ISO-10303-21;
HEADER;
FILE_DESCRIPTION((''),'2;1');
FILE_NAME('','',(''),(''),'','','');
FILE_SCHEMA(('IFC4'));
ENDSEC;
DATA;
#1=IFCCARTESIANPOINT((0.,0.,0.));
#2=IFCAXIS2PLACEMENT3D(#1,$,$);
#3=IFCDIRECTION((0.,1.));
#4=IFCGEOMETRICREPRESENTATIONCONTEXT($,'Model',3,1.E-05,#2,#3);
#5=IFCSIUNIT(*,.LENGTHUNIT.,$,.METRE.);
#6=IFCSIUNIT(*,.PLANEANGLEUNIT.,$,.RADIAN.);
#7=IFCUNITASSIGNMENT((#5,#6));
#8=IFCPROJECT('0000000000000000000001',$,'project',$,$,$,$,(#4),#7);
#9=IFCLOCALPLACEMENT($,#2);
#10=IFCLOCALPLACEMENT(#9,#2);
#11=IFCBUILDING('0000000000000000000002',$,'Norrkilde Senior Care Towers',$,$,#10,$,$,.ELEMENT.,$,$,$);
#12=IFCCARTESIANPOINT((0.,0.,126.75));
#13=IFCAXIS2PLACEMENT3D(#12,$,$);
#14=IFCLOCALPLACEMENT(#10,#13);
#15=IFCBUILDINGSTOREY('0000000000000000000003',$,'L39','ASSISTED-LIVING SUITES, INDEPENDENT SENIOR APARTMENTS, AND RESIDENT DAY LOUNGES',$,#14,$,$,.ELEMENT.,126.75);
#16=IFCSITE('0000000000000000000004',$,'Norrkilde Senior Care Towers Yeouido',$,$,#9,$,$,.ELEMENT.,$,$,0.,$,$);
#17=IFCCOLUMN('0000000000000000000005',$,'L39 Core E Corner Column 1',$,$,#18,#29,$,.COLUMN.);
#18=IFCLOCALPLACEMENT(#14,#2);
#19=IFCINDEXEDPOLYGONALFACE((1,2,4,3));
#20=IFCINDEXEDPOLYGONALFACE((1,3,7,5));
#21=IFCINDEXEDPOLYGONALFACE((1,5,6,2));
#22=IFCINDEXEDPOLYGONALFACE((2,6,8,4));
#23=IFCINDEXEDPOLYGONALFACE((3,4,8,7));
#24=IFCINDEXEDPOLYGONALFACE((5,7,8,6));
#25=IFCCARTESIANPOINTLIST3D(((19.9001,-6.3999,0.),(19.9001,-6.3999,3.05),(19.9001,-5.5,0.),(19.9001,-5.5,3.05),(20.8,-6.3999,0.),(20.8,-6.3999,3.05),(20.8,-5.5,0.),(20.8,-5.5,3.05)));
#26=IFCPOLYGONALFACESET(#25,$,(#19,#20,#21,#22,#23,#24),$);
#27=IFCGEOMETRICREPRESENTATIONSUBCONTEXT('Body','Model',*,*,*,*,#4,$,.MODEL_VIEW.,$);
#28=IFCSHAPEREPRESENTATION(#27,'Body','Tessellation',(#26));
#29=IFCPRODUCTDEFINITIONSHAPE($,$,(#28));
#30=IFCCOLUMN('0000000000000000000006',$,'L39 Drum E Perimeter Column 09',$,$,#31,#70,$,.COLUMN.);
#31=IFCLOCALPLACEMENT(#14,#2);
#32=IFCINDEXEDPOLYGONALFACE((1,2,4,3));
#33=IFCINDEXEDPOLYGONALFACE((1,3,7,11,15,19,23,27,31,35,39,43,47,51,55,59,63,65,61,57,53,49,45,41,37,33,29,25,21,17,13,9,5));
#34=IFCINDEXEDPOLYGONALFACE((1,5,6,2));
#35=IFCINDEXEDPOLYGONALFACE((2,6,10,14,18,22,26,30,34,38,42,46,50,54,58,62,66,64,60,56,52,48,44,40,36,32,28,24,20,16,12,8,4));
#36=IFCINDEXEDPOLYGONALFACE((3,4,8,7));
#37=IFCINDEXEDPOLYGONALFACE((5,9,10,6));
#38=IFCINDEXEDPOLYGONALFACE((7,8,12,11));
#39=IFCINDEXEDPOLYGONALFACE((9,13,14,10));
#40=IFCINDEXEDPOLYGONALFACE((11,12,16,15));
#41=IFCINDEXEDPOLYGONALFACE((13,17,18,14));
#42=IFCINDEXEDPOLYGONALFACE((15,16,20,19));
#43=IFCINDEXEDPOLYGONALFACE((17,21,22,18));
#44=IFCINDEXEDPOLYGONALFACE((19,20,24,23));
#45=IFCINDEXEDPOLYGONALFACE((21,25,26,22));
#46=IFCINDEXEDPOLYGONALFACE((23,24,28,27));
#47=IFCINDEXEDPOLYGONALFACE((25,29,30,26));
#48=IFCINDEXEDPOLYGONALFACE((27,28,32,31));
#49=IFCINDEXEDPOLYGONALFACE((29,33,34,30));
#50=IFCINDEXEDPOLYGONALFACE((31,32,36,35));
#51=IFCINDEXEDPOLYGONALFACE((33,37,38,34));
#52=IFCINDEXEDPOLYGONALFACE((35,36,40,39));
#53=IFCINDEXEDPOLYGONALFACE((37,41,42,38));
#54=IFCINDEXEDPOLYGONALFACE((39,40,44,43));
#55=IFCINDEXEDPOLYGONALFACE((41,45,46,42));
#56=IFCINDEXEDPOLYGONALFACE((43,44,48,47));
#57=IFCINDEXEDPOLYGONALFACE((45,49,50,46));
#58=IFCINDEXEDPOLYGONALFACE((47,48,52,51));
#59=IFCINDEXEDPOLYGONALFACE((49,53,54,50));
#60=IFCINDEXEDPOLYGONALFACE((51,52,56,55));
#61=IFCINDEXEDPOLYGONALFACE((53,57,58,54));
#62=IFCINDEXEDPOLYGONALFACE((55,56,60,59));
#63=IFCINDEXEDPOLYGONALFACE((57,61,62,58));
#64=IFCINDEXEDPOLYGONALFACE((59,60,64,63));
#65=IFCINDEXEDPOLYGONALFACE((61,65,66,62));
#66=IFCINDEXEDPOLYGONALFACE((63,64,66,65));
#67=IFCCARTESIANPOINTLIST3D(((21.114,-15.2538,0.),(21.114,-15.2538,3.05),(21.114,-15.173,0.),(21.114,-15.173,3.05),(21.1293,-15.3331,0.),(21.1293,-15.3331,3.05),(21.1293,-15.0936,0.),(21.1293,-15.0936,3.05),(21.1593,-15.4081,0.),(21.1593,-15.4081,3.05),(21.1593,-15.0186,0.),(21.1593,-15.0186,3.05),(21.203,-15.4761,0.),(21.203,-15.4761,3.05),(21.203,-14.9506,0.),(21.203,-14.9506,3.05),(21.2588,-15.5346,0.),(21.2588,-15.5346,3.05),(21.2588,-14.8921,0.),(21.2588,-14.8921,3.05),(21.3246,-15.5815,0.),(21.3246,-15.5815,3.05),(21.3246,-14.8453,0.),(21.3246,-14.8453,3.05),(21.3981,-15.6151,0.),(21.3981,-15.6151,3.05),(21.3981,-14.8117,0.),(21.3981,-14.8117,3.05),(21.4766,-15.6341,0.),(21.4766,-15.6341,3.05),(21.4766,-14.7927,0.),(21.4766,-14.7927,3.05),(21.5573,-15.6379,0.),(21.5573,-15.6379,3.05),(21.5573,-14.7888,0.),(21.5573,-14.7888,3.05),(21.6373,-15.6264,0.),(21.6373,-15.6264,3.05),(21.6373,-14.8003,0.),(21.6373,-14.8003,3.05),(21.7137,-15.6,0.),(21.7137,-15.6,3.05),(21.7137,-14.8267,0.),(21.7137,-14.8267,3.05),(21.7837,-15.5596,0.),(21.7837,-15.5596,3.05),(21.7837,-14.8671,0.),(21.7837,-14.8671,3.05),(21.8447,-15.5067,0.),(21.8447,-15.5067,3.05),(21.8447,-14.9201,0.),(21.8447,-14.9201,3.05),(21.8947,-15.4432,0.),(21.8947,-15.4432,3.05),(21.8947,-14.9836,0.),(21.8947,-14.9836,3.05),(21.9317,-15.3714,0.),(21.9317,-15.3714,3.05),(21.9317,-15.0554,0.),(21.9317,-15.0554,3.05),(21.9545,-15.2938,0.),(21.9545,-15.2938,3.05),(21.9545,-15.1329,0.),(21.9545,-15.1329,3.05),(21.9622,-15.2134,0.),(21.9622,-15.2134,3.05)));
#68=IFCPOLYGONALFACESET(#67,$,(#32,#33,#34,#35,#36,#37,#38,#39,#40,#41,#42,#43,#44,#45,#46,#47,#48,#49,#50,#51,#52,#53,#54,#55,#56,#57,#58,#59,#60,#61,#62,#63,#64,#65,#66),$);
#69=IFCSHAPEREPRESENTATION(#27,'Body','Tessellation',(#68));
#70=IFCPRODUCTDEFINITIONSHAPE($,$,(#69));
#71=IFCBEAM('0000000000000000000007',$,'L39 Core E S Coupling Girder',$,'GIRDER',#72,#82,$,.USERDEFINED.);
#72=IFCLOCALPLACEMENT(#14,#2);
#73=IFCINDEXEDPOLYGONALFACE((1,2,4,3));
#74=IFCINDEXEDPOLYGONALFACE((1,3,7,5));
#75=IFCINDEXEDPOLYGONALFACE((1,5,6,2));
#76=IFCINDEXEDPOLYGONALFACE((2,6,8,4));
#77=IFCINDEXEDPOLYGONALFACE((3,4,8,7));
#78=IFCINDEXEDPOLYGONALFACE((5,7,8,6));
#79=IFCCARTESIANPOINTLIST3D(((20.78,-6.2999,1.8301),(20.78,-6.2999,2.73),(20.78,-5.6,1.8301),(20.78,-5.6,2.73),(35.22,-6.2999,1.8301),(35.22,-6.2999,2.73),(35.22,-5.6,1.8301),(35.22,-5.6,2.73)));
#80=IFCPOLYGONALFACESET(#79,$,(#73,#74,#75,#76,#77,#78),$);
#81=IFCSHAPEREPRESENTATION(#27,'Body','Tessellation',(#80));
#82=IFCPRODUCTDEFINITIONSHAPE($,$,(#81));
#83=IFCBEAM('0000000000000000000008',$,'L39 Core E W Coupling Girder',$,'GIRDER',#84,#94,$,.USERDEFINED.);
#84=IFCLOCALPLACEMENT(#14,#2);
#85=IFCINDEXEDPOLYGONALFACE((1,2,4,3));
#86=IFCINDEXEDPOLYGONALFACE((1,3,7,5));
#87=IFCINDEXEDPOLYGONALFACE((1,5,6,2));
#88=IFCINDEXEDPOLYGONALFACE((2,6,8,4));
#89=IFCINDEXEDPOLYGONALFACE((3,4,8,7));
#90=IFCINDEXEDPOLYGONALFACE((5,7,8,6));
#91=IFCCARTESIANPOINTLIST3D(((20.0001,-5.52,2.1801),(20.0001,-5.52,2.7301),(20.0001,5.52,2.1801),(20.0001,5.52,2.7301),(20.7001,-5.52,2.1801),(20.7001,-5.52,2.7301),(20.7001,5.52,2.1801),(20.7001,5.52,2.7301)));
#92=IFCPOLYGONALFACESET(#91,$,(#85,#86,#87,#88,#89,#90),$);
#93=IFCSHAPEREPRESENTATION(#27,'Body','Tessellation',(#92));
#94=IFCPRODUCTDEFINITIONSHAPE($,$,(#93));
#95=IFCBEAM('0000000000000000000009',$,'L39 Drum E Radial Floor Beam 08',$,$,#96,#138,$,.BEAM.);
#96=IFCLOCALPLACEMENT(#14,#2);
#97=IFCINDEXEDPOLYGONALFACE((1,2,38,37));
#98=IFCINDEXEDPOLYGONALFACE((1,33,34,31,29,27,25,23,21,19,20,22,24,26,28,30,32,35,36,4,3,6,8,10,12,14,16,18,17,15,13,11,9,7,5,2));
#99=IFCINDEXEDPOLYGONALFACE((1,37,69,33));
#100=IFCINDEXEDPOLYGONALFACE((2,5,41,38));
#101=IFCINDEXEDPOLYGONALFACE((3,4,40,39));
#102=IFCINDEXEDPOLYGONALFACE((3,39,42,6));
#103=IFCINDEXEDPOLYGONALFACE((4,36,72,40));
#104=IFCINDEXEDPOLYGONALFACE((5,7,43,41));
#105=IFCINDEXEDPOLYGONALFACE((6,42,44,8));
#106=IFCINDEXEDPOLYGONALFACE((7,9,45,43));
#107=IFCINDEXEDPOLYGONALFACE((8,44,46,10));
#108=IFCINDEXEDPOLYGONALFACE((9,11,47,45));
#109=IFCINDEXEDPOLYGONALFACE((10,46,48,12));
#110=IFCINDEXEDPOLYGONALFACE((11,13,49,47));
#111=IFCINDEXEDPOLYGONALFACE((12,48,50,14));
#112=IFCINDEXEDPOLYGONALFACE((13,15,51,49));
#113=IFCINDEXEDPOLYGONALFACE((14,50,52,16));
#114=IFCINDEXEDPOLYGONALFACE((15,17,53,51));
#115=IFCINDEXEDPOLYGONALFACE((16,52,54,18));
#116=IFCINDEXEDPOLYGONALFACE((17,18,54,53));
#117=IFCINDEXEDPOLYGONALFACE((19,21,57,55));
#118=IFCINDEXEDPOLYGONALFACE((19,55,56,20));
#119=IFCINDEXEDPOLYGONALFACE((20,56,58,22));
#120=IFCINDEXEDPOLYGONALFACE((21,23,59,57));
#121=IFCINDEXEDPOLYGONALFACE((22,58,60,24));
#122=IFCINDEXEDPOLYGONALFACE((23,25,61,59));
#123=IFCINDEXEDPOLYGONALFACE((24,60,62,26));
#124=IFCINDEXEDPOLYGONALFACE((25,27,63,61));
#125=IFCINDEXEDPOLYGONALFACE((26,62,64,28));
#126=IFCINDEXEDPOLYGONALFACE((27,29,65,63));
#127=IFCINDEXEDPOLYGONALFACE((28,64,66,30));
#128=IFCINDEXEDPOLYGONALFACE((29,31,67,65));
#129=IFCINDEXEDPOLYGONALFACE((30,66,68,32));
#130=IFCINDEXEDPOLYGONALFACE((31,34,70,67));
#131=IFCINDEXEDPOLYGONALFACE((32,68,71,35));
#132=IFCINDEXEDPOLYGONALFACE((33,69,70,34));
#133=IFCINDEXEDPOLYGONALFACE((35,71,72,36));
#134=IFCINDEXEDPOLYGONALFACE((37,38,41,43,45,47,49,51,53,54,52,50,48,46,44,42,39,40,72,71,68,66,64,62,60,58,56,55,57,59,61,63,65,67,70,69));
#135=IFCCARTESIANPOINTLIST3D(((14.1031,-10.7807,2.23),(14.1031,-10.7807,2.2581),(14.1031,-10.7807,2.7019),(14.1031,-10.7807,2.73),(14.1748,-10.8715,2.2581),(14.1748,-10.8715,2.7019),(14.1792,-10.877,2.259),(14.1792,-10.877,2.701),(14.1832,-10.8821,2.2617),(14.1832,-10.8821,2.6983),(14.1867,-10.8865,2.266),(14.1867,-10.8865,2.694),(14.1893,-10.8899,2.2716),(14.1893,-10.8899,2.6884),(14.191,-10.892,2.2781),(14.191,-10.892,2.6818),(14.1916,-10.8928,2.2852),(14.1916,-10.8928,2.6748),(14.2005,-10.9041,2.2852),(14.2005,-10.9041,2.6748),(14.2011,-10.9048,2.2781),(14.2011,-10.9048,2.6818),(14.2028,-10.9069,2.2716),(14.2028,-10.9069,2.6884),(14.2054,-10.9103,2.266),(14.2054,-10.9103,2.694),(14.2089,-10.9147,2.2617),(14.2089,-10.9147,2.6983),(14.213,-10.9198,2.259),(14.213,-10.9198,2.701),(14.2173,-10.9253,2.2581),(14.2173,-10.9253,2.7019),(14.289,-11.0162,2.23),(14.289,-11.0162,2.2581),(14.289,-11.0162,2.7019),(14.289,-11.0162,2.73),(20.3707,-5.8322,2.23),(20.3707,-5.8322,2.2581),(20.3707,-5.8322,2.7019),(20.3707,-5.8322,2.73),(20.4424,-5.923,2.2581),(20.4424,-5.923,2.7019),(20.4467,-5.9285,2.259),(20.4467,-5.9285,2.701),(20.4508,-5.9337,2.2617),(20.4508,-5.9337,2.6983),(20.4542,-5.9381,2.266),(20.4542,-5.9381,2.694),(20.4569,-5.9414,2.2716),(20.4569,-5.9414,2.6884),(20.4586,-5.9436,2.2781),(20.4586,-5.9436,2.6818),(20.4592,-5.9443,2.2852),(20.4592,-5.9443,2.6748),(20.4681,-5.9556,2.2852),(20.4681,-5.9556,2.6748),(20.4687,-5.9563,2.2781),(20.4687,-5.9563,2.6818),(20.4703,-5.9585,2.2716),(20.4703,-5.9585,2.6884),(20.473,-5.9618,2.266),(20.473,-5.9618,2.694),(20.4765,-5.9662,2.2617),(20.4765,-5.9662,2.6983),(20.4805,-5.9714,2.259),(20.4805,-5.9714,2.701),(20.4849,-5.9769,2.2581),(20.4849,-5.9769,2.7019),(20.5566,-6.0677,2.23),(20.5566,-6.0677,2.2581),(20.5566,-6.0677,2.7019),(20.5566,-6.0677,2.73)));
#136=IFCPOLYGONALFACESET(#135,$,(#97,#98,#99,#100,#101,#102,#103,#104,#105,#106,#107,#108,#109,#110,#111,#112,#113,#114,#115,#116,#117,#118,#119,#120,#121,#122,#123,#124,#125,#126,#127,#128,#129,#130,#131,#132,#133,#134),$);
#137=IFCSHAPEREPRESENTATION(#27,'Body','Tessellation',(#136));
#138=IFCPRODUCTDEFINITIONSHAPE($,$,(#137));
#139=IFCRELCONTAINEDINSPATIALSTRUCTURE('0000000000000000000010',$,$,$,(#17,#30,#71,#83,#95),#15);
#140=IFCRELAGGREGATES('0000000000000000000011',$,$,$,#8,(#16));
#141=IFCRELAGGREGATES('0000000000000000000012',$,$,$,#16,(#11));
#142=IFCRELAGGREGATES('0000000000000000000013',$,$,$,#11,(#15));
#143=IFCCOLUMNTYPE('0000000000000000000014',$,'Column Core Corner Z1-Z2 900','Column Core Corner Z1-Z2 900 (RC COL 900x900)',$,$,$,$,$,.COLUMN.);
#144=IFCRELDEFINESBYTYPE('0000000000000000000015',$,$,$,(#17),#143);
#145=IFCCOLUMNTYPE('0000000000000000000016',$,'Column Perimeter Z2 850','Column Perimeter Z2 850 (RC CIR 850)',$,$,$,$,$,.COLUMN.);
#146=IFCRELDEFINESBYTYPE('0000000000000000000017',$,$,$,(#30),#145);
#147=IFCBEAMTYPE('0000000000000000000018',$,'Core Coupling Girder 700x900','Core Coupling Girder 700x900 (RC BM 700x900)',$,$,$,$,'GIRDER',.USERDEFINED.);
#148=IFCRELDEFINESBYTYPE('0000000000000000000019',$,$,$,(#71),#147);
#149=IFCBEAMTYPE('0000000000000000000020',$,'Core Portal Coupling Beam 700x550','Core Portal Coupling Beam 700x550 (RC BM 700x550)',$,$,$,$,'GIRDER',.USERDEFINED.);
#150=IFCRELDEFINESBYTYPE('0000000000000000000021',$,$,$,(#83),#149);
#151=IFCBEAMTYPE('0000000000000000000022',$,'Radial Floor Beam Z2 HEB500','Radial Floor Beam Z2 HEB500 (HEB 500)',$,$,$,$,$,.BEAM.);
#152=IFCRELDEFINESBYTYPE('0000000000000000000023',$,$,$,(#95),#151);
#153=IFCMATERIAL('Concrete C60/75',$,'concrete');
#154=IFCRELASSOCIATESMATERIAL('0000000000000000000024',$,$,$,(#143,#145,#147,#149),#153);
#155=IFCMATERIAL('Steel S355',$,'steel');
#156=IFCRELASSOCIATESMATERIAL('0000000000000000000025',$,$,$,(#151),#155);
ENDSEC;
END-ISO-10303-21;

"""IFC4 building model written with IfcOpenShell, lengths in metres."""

from ifc_helpers import new_model, si_unit, direction, frame, origin, origin_2d, place, context, subcontext, project, spatial, rectangle, circle, i_section, extrude, source, transform, mapped, material, material_profile, profile_set, type_object, type_shapes, element, save


model = new_model("IFC4")

# Units and contexts
model_context = context("Model", 3, precision=1e-05, world=origin(), true_north=direction((0.0, 1.0)))
body_context = subcontext(model_context, "Body", "Model", "MODEL_VIEW")
ifc_project = project(units=[si_unit("LENGTHUNIT", "METRE"), si_unit("PLANEANGLEUNIT", "RADIAN")], contexts=[model_context])

# Site, building, storey
site_placement = place(None, origin())
site = spatial("IfcSite", under=ifc_project, at=site_placement, Name="Norrkilde Senior Care Towers Yeouido", CompositionType="ELEMENT", RefElevation=0.0)
building_placement = place(site_placement, origin())
building = spatial("IfcBuilding", under=site, at=building_placement, Name="Norrkilde Senior Care Towers", CompositionType="ELEMENT")
storey_placement = place(building_placement, frame((0.0, 0.0, 126.75)))
storey = spatial("IfcBuildingStorey", under=building, at=storey_placement, Name="L39", Description="ASSISTED-LIVING SUITES, INDEPENDENT SENIOR APARTMENTS, AND RESIDENT DAY LOUNGES", CompositionType="ELEMENT", Elevation=126.75)

# Columns
ifc_material_1 = material(Name="Concrete C60/75", Category="concrete")
ifc_material_profile_1 = material_profile(ifc_material_1, rectangle(XDim=0.8999, YDim=0.8999, at=origin_2d()), Name="RC COL 900x900")
ifc_profile_set_1 = profile_set([ifc_material_profile_1], Name="Concrete C60/75")
column_type_1 = type_object("IfcColumnType", Name="Column Core Corner Z1-Z2 900", Description="Column Core Corner Z1-Z2 900 (RC COL 900x900)", PredefinedType="COLUMN", material=ifc_profile_set_1)
shared_shape_1 = source(origin(), body_context, "Body", "SweptSolid", [
    extrude(rectangle(XDim=0.8999, YDim=0.8999, at=origin_2d()), origin(), (0.0, 0.0, 1.0), 3.05),
])
type_shapes(column_type_1, [shared_shape_1])
column_1_placement = place(storey_placement, frame((20.3501, -5.95, 0.0), z_axis=(0.0, 0.0, 1.0), x_axis=(1.0, 0.0, 0.0)))
element("IfcColumn", 1, at=column_1_placement, inside=storey, type_object=column_type_1, Name="L39 Core E Corner Column 1", PredefinedType="COLUMN", context=body_context, shape_type="MappedRepresentation", body=[
    mapped(shared_shape_1, transform((0.0, 0.0, 0.0), x_axis=(1.0, 0.0, 0.0), y_axis=(0.0, 1.0, 0.0), z_axis=(0.0, 0.0, 1.0), scale=1.0)),
])
ifc_material_profile_2 = material_profile(ifc_material_1, circle(Radius=0.425, at=origin_2d()), Name="RC CIR 850")
ifc_profile_set_2 = profile_set([ifc_material_profile_2], Name="Concrete C60/75")
column_type_2 = type_object("IfcColumnType", Name="Column Perimeter Z2 850", Description="Column Perimeter Z2 850 (RC CIR 850)", PredefinedType="COLUMN", material=ifc_profile_set_2)
shared_shape_2 = source(origin(), body_context, "Body", "SweptSolid", [
    extrude(circle(Radius=0.425, at=origin_2d()), origin(), (0.0, 0.0, 1.0), 3.05),
])
type_shapes(column_type_2, [shared_shape_2])
column_2_placement = place(storey_placement, frame((21.5371, -15.2134, 0.0), z_axis=(0.0, 0.0, 1.0), x_axis=(1.0, 0.0, 0.0)))
element("IfcColumn", 2, at=column_2_placement, inside=storey, type_object=column_type_2, Name="L39 Drum E Perimeter Column 09", PredefinedType="COLUMN", context=body_context, shape_type="MappedRepresentation", body=[
    mapped(shared_shape_2, transform((0.0, 0.0, 0.0), x_axis=(1.0, 0.0, 0.0), y_axis=(0.0, 1.0, 0.0), z_axis=(0.0, 0.0, 1.0), scale=1.0)),
])

# Beams
ifc_material_profile_3 = material_profile(ifc_material_1, rectangle(XDim=0.7, YDim=0.8999, at=origin_2d()), Name="RC BM 700x900")
ifc_profile_set_3 = profile_set([ifc_material_profile_3], Name="Concrete C60/75")
beam_type_1 = type_object("IfcBeamType", Name="Core Coupling Girder 700x900", Description="Core Coupling Girder 700x900 (RC BM 700x900)", ElementType="GIRDER", PredefinedType="USERDEFINED", material=ifc_profile_set_3)
shared_shape_3 = source(origin(), body_context, "Body", "SweptSolid", [
    extrude(rectangle(XDim=0.7, YDim=0.8999, at=origin_2d()), origin(), (0.0, 0.0, 1.0), 14.4399),
])
type_shapes(beam_type_1, [shared_shape_3])
beam_1_placement = place(storey_placement, frame((20.78, -5.95, 2.28), z_axis=(1.0, 0.0, 0.0), x_axis=(0.0, 1.0, 0.0)))
element("IfcBeam", 3, at=beam_1_placement, inside=storey, type_object=beam_type_1, Name="L39 Core E S Coupling Girder", ObjectType="GIRDER", PredefinedType="USERDEFINED", context=body_context, shape_type="MappedRepresentation", body=[
    mapped(shared_shape_3, transform((0.0, 0.0, 0.0), x_axis=(1.0, 0.0, 0.0), y_axis=(0.0, 1.0, 0.0), z_axis=(0.0, 0.0, 1.0), scale=1.0)),
])
ifc_material_profile_4 = material_profile(ifc_material_1, rectangle(XDim=0.7, YDim=0.55, at=origin_2d()), Name="RC BM 700x550")
ifc_profile_set_4 = profile_set([ifc_material_profile_4], Name="Concrete C60/75")
beam_type_2 = type_object("IfcBeamType", Name="Core Portal Coupling Beam 700x550", Description="Core Portal Coupling Beam 700x550 (RC BM 700x550)", ElementType="GIRDER", PredefinedType="USERDEFINED", material=ifc_profile_set_4)
shared_shape_4 = source(origin(), body_context, "Body", "SweptSolid", [
    extrude(rectangle(XDim=0.7, YDim=0.55, at=origin_2d()), origin(), (0.0, 0.0, 1.0), 11.04),
])
type_shapes(beam_type_2, [shared_shape_4])
beam_2_placement = place(storey_placement, frame((20.3501, -5.52, 2.4551), z_axis=(0.0, 1.0, 0.0), x_axis=(-1.0, 0.0, 0.0)))
element("IfcBeam", 4, at=beam_2_placement, inside=storey, type_object=beam_type_2, Name="L39 Core E W Coupling Girder", ObjectType="GIRDER", PredefinedType="USERDEFINED", context=body_context, shape_type="MappedRepresentation", body=[
    mapped(shared_shape_4, transform((0.0, 0.0, 0.0), x_axis=(1.0, 0.0, 0.0), y_axis=(0.0, 1.0, 0.0), z_axis=(0.0, 0.0, 1.0), scale=1.0)),
])
ifc_material_2 = material(Name="Steel S355", Category="steel")
ifc_material_profile_5 = material_profile(ifc_material_2, i_section(OverallWidth=0.3, OverallDepth=0.5, WebThickness=0.0144, FlangeThickness=0.0281, FilletRadius=0.0271, at=origin_2d()), Name="HEB 500")
ifc_profile_set_5 = profile_set([ifc_material_profile_5], Name="Steel S355")
beam_type_3 = type_object("IfcBeamType", Name="Radial Floor Beam Z2 HEB500", Description="Radial Floor Beam Z2 HEB500 (HEB 500)", PredefinedType="BEAM", material=ifc_profile_set_5)
shared_shape_5 = source(origin(), body_context, "Body", "SweptSolid", [
    extrude(i_section(OverallWidth=0.3, OverallDepth=0.5, WebThickness=0.0144, FlangeThickness=0.0281, FilletRadius=0.0271, at=origin_2d()), origin(), (0.0, 0.0, 1.0), 7.9856),
])
type_shapes(beam_type_3, [shared_shape_5])
beam_3_placement = place(storey_placement, frame((20.4636, -5.95, 2.48), z_axis=(-0.784859, -0.619675, 0.0), x_axis=(0.619675, -0.784859, 0.0)))
element("IfcBeam", 5, at=beam_3_placement, inside=storey, type_object=beam_type_3, Name="L39 Drum E Radial Floor Beam 08", PredefinedType="BEAM", context=body_context, shape_type="MappedRepresentation", body=[
    mapped(shared_shape_5, transform((0.0, 0.0, 0.0), x_axis=(1.0, 0.0, 0.0), y_axis=(0.0, 1.0, 0.0), z_axis=(0.0, 0.0, 1.0), scale=1.0)),
])

save(model, "model.ifc")
